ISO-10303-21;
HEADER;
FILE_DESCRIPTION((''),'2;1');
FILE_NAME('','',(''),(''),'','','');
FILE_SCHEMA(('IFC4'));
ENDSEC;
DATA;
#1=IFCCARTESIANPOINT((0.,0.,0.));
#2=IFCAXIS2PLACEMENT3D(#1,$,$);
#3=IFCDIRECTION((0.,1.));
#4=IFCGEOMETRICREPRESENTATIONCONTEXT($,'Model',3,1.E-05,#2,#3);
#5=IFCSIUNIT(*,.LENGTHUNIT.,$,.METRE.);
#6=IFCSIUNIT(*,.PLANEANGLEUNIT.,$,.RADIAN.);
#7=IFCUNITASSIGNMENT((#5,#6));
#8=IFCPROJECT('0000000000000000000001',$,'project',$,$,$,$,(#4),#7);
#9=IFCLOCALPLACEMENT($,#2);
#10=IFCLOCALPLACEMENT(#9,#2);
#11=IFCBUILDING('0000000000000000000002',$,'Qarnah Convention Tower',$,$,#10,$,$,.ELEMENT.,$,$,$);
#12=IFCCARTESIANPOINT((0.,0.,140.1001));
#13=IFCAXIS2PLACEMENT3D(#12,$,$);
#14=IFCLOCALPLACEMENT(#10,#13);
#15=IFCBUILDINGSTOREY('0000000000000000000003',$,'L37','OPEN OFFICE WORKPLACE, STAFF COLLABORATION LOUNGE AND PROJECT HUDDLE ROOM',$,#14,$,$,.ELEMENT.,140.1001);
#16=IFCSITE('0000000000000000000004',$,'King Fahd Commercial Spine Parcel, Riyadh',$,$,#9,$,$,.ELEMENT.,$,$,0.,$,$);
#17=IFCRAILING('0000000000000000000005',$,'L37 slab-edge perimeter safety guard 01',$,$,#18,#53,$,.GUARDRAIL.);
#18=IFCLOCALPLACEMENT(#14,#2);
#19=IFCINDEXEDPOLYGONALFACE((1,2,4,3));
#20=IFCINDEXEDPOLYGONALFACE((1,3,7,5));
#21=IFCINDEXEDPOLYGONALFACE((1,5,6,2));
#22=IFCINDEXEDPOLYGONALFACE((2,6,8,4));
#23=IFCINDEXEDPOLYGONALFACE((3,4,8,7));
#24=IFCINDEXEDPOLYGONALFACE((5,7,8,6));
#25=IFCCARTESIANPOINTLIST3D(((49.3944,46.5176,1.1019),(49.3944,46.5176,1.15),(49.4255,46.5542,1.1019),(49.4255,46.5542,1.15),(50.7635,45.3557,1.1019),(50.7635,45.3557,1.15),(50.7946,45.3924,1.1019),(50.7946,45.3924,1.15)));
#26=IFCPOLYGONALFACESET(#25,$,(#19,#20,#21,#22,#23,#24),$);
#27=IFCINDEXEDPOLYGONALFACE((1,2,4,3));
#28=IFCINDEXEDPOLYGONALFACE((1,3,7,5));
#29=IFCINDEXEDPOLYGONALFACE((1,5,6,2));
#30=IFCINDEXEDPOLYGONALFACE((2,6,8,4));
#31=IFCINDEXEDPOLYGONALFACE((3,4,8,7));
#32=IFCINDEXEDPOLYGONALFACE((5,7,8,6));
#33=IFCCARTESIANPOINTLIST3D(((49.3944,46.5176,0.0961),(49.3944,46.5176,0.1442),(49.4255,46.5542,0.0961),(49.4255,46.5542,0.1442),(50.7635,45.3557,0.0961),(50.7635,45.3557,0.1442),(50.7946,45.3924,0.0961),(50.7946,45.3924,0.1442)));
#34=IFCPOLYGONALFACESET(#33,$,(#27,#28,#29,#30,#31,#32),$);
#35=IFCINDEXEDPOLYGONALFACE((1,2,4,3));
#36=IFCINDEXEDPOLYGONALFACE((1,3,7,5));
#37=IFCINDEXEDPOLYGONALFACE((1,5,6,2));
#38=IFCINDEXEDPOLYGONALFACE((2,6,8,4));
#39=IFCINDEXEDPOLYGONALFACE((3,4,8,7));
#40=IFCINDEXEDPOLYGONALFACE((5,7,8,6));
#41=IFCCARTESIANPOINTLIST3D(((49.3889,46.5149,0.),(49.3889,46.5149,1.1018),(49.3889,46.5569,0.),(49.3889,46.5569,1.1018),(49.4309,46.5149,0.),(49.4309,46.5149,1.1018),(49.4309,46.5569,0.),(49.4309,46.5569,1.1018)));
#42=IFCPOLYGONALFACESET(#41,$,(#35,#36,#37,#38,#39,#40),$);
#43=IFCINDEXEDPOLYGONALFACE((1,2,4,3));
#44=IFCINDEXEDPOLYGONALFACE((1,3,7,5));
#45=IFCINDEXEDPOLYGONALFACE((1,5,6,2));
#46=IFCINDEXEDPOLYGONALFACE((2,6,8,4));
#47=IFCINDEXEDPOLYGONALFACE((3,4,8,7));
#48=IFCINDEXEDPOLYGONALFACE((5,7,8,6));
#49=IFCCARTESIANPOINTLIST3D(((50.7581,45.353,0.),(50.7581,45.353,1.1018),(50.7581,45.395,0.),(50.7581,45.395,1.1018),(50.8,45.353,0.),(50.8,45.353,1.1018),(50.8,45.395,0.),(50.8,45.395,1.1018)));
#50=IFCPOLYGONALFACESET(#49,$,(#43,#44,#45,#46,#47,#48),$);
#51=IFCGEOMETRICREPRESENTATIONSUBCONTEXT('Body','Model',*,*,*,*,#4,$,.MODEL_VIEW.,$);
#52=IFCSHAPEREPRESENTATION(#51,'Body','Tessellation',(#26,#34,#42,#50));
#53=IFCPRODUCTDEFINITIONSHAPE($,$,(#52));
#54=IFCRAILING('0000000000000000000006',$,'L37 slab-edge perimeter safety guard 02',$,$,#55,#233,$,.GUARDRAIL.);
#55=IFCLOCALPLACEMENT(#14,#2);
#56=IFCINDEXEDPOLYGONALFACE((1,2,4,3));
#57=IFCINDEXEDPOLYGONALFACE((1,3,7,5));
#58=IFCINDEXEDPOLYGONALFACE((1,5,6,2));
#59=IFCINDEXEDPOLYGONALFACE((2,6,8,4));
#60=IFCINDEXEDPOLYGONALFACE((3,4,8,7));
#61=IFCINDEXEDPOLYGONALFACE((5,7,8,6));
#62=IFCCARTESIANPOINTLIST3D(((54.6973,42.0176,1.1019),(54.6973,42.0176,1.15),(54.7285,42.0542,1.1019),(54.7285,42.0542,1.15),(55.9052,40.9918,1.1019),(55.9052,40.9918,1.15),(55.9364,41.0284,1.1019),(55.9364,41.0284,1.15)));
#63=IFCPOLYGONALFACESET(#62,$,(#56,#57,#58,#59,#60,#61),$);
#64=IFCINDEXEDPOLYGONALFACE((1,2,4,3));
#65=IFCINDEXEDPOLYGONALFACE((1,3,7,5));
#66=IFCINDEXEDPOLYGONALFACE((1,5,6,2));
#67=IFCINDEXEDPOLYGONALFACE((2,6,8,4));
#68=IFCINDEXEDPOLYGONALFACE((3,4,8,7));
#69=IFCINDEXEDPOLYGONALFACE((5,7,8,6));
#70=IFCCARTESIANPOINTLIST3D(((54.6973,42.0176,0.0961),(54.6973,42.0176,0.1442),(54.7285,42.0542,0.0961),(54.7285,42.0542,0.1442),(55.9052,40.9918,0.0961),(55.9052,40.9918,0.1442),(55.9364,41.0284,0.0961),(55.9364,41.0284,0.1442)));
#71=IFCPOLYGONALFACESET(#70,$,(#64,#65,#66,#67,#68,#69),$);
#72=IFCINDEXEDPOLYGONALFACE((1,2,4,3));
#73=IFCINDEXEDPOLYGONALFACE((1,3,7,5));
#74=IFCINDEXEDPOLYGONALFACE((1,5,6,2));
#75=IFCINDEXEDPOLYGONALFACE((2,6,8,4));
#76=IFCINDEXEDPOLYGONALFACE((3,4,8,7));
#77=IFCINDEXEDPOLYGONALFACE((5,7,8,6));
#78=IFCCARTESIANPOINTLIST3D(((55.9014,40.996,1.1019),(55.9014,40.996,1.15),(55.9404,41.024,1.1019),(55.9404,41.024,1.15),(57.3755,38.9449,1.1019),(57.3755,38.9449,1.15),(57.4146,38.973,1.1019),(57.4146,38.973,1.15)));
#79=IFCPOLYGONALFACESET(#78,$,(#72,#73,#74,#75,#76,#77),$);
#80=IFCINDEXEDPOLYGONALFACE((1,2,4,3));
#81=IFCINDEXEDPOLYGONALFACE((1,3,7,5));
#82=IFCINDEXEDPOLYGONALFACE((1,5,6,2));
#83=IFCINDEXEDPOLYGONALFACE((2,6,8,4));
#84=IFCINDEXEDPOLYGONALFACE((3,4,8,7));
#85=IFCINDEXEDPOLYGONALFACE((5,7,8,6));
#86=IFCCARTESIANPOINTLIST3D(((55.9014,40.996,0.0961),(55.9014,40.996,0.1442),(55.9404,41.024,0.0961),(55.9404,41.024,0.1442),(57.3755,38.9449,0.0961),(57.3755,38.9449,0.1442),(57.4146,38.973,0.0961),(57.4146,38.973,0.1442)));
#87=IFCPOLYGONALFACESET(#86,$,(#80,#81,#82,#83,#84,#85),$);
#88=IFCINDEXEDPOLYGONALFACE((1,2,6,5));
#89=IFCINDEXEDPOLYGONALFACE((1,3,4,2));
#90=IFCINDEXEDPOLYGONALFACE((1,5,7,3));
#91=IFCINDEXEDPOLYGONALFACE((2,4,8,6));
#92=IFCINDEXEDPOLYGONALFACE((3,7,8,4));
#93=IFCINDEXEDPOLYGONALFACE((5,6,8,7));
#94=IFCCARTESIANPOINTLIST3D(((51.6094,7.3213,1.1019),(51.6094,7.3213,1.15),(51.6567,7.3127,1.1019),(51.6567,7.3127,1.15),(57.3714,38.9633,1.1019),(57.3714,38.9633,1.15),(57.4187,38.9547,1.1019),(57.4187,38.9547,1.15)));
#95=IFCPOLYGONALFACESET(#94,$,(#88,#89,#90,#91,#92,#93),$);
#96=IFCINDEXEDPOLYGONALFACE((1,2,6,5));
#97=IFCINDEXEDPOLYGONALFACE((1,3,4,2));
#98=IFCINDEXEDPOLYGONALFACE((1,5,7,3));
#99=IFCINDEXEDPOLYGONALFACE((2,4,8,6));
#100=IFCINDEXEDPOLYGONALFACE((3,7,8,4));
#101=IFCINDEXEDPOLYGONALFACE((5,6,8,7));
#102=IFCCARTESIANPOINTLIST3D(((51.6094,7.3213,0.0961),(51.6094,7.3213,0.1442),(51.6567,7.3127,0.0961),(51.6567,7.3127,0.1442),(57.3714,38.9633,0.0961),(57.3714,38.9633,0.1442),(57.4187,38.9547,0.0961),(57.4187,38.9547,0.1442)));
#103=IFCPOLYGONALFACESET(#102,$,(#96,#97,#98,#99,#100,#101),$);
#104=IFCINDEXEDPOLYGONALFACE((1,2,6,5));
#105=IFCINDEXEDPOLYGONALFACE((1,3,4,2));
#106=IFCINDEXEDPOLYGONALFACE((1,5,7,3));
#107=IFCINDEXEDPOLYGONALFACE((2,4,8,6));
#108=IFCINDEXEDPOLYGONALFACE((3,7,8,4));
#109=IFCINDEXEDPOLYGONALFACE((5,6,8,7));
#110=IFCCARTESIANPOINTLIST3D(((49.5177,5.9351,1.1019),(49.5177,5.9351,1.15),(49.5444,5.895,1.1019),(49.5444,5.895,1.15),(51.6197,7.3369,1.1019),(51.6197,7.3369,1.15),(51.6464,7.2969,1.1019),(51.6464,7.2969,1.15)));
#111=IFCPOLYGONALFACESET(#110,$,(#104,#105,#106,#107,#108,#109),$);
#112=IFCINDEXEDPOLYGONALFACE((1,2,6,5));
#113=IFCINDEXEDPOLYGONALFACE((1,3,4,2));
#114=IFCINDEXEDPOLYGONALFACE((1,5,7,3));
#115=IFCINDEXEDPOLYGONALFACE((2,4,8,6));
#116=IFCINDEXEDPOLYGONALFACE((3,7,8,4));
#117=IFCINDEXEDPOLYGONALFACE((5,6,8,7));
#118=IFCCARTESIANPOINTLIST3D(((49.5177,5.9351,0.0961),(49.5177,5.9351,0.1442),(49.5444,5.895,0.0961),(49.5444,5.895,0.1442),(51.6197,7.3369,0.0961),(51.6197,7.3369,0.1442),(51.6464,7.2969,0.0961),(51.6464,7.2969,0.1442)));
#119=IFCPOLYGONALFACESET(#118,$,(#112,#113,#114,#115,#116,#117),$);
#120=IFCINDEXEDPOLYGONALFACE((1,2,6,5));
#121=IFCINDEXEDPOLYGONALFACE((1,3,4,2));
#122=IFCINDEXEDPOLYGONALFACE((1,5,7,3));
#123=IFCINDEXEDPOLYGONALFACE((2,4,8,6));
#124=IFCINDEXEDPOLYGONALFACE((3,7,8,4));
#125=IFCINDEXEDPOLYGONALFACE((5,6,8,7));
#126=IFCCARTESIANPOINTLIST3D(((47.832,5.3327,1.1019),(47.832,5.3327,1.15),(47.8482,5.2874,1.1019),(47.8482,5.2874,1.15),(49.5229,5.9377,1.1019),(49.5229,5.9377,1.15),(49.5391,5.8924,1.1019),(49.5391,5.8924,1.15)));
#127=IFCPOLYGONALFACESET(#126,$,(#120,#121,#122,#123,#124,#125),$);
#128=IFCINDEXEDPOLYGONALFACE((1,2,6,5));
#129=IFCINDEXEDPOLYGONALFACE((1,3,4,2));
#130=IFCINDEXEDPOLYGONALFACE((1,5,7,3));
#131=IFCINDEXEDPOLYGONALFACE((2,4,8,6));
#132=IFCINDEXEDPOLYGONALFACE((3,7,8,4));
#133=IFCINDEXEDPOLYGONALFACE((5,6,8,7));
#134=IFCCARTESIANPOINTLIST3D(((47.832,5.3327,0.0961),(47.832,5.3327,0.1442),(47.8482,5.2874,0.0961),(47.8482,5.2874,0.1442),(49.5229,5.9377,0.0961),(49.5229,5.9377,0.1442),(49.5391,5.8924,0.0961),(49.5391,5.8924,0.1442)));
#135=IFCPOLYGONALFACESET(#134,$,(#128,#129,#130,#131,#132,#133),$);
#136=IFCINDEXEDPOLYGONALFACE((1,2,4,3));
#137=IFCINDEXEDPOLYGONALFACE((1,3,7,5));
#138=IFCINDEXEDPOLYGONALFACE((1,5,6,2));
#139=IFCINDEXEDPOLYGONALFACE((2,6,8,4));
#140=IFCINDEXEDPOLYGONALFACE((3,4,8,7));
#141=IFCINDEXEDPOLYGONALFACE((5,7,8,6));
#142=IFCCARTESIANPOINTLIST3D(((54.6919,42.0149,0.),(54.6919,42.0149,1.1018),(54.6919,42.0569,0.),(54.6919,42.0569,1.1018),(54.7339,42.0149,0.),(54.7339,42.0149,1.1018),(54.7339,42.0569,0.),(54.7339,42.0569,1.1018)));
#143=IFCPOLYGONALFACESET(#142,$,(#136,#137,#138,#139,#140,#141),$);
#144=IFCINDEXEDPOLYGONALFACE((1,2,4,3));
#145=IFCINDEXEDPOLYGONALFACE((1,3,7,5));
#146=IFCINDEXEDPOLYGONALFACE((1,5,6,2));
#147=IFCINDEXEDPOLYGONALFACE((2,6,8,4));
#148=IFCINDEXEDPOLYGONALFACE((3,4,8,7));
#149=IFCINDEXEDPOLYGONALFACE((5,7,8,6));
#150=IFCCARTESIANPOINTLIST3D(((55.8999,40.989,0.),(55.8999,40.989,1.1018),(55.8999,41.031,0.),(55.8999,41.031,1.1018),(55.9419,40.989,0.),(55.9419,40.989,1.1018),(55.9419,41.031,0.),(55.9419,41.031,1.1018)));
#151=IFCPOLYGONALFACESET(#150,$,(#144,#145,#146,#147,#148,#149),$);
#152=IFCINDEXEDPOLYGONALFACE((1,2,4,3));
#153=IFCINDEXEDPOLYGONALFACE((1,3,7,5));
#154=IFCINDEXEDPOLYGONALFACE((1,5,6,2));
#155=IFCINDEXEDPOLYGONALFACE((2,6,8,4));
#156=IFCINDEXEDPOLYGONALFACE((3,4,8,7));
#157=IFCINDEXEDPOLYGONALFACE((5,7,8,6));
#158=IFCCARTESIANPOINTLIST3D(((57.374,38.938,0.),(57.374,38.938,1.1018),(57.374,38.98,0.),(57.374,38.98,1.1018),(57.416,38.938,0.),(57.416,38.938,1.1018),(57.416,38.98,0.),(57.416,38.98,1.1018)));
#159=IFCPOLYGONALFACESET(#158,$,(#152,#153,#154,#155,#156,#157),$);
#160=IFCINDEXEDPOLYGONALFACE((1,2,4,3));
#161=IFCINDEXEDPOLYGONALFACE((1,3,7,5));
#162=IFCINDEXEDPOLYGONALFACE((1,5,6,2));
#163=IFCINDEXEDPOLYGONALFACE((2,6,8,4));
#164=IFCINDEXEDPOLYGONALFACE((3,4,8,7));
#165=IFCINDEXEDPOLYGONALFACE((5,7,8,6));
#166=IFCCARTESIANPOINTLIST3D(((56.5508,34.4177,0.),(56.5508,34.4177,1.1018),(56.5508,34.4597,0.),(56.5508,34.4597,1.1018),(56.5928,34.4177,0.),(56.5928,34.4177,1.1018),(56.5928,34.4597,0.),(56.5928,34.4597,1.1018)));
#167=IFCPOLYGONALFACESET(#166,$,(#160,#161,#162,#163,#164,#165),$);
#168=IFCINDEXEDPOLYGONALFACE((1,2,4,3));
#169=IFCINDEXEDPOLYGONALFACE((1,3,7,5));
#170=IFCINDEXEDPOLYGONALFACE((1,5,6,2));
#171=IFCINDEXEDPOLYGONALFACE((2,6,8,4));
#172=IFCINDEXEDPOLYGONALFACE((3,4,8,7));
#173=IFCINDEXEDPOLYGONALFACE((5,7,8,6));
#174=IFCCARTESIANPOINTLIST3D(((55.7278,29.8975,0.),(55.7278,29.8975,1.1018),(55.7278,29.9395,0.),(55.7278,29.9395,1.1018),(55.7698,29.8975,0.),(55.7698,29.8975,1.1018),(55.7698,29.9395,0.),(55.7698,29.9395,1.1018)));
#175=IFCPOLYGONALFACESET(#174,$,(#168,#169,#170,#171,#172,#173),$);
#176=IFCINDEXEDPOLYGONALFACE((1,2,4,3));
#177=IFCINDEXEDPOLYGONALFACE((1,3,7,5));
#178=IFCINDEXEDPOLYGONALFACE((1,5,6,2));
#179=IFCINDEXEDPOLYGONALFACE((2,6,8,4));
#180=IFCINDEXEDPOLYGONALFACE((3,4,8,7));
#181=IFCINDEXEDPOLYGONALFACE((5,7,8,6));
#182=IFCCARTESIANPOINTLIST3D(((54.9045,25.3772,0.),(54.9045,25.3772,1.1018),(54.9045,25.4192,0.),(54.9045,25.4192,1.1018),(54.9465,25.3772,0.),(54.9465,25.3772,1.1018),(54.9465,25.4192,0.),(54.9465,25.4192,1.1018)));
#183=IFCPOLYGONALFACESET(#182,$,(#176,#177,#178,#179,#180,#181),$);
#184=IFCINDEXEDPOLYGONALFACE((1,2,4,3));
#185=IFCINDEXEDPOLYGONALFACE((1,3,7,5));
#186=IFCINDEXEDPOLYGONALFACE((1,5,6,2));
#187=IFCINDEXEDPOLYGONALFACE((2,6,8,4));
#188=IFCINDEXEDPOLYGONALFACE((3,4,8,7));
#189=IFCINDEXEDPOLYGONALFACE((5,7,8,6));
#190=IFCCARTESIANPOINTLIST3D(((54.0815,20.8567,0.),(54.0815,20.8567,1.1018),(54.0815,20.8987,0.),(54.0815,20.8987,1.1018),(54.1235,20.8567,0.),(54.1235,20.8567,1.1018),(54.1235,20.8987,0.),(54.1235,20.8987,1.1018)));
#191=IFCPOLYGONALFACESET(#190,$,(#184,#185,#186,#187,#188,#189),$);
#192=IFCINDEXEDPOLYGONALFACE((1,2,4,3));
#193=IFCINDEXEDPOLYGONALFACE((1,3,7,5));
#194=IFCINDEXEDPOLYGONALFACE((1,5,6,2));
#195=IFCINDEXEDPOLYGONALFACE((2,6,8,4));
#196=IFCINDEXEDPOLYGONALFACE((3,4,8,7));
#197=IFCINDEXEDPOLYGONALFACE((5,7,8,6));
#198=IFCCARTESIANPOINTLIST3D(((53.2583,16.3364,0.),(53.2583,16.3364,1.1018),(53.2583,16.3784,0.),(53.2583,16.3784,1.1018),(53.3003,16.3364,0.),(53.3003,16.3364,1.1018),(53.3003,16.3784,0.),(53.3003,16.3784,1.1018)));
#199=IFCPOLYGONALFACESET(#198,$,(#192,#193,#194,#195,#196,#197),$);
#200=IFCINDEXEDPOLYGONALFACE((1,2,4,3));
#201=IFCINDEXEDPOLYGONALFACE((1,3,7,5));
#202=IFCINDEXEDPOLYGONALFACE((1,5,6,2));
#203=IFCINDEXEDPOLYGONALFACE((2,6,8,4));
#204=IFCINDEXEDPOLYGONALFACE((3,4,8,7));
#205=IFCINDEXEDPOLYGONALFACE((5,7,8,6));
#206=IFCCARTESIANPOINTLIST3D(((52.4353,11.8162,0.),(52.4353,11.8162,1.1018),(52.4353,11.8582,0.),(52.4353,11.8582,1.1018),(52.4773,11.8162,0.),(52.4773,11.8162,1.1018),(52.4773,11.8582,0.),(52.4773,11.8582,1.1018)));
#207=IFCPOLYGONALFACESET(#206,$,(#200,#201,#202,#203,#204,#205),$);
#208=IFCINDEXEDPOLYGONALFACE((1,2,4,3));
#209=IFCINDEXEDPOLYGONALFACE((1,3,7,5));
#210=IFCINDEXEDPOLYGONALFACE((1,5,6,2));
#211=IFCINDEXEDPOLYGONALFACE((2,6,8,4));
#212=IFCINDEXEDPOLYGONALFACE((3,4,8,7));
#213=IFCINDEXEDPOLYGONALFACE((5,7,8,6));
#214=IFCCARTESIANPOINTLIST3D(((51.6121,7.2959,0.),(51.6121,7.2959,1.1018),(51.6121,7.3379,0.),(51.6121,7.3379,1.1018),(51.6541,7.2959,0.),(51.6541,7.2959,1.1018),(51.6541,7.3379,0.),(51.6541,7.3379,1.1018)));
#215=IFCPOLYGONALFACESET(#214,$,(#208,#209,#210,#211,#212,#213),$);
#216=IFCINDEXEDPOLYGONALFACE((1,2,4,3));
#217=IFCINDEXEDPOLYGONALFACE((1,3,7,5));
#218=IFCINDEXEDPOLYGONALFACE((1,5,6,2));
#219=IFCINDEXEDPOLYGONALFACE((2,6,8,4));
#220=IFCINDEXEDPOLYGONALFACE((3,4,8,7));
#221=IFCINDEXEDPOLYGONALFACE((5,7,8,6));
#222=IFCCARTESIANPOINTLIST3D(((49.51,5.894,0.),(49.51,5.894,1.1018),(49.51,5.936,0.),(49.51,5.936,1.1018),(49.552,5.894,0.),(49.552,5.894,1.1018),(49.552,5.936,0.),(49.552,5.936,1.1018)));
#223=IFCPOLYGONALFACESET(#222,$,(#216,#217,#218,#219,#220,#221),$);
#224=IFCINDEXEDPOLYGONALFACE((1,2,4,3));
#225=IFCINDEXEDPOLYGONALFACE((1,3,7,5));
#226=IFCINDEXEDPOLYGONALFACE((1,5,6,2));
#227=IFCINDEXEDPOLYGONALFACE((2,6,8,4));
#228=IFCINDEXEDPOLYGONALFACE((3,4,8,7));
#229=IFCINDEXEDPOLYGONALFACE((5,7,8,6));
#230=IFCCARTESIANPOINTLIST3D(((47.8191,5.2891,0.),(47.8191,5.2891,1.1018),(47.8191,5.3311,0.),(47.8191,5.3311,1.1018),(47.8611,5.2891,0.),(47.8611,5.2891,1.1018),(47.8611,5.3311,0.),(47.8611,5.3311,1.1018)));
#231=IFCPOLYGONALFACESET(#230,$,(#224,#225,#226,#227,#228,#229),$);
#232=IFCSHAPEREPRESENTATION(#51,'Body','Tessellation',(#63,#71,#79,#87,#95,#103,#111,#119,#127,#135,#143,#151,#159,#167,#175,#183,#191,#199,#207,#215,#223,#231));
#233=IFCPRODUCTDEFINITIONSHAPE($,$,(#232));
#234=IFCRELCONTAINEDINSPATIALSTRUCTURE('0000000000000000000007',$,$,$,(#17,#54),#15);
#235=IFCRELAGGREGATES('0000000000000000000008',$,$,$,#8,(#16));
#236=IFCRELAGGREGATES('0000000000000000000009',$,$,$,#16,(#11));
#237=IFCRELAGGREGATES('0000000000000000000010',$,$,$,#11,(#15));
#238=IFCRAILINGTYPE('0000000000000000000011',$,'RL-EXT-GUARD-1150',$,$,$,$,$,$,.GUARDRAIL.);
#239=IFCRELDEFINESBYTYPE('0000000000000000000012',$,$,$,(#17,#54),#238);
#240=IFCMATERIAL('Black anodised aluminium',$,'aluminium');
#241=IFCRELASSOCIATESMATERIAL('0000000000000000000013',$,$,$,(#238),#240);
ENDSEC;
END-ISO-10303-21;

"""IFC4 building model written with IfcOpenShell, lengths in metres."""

from ifc_helpers import new_model, si_unit, direction, frame, origin, origin_2d, place, context, subcontext, project, spatial, rectangle, extrude, material, type_object, element, save


model = new_model("IFC4")

# Units and contexts
model_context = context("Model", 3, precision=1e-05, world=origin(), true_north=direction((0.0, 1.0)))
body_context = subcontext(model_context, "Body", "Model", "MODEL_VIEW")
ifc_project = project(units=[si_unit("LENGTHUNIT", "METRE"), si_unit("PLANEANGLEUNIT", "RADIAN")], contexts=[model_context])

# Site, building, storey
site_placement = place(None, origin())
site = spatial("IfcSite", under=ifc_project, at=site_placement, Name="King Fahd Commercial Spine Parcel, Riyadh", CompositionType="ELEMENT", RefElevation=0.0)
building_placement = place(site_placement, origin())
building = spatial("IfcBuilding", under=site, at=building_placement, Name="Qarnah Convention Tower", CompositionType="ELEMENT")
storey_placement = place(building_placement, frame((0.0, 0.0, 140.1001)))
storey = spatial("IfcBuildingStorey", under=building, at=storey_placement, Name="L37", Description="OPEN OFFICE WORKPLACE, STAFF COLLABORATION LOUNGE AND PROJECT HUDDLE ROOM", CompositionType="ELEMENT", Elevation=140.1001)

# Shared definitions
ifc_material_1 = material(Name="Black anodised aluminium", Category="aluminium")

# Railings
railing_type = type_object("IfcRailingType", Name="RL-EXT-GUARD-1150", PredefinedType="GUARDRAIL", material=ifc_material_1)
railing_1_placement = place(storey_placement, frame((49.4099, 46.5359, 0.0)))
element("IfcRailing", 1, at=railing_1_placement, inside=storey, type_object=railing_type, Name="L37 slab-edge perimeter safety guard 01", PredefinedType="GUARDRAIL", context=body_context, shape_type="SweptSolid", body=[
    extrude(rectangle(XDim=0.0481, YDim=0.0481, at=origin_2d()), frame((0.0, 0.0, 1.126), z_axis=(0.762462, -0.647033, 0.0), x_axis=(0.647033, 0.762462, 0.0)), (0.0, 0.0, 1.0), 1.7957),
    extrude(rectangle(XDim=0.0481, YDim=0.0481, at=origin_2d()), frame((0.0, 0.0, 0.1201), z_axis=(0.762462, -0.647033, 0.0), x_axis=(0.647033, 0.762462, 0.0)), (0.0, 0.0, 1.0), 1.7957),
    extrude(rectangle(XDim=0.042, YDim=0.042, at=origin_2d()), origin(), (0.0, 0.0, 1.0), 1.1018),
    extrude(rectangle(XDim=0.042, YDim=0.042, at=origin_2d()), frame((1.3691, -1.1619, 0.0)), (0.0, 0.0, 1.0), 1.1018),
])
railing_2_placement = place(storey_placement, frame((54.7129, 42.0359, 0.0)))
element("IfcRailing", 2, at=railing_2_placement, inside=storey, type_object=railing_type, Name="L37 slab-edge perimeter safety guard 02", PredefinedType="GUARDRAIL", context=body_context, shape_type="SweptSolid", body=[
    extrude(rectangle(XDim=0.0481, YDim=0.0481, at=origin_2d()), frame((0.0, 0.0, 1.126), z_axis=(0.762228, -0.647309, 0.0), x_axis=(0.647309, 0.762228, 0.0)), (0.0, 0.0, 1.0), 1.5847),
    extrude(rectangle(XDim=0.0481, YDim=0.0481, at=origin_2d()), frame((0.0, 0.0, 0.1201), z_axis=(0.762228, -0.647309, 0.0), x_axis=(0.647309, 0.762228, 0.0)), (0.0, 0.0, 1.0), 1.5847),
    extrude(rectangle(XDim=0.0481, YDim=0.0481, at=origin_2d()), frame((1.208, -1.0259, 1.126), z_axis=(0.583622, -0.812025, 0.0), x_axis=(0.812025, 0.583622, 0.0)), (0.0, 0.0, 1.0), 2.5259),
    extrude(rectangle(XDim=0.0481, YDim=0.0481, at=origin_2d()), frame((1.208, -1.0259, 0.1201), z_axis=(0.583622, -0.812025, 0.0), x_axis=(0.812025, 0.583622, 0.0)), (0.0, 0.0, 1.0), 2.5259),
    extrude(rectangle(XDim=0.0481, YDim=0.0481, at=origin_2d()), frame((2.6821, -3.0769, 1.126), z_axis=(-0.179152, -0.983821, 0.0), x_axis=(0.983821, -0.179152, 0.0)), (0.0, 0.0, 1.0), 32.1624),
    extrude(rectangle(XDim=0.0481, YDim=0.0481, at=origin_2d()), frame((2.6821, -3.0769, 0.1201), z_axis=(-0.179152, -0.983821, 0.0), x_axis=(0.983821, -0.179152, 0.0)), (0.0, 0.0, 1.0), 32.1624),
    extrude(rectangle(XDim=0.0481, YDim=0.0481, at=origin_2d()), frame((-3.0798, -34.719, 1.126), z_axis=(-0.831961, -0.554834, 0.0), x_axis=(0.554834, -0.831961, 0.0)), (0.0, 0.0, 1.0), 2.5266),
    extrude(rectangle(XDim=0.0481, YDim=0.0481, at=origin_2d()), frame((-3.0798, -34.719, 0.1201), z_axis=(-0.831961, -0.554834, 0.0), x_axis=(0.554834, -0.831961, 0.0)), (0.0, 0.0, 1.0), 2.5266),
    extrude(rectangle(XDim=0.0481, YDim=0.0481, at=origin_2d()), frame((-5.1819, -36.1208, 1.126), z_axis=(-0.941551, -0.33687, 0.0), x_axis=(0.33687, -0.941551, 0.0)), (0.0, 0.0, 1.0), 1.7959),
    extrude(rectangle(XDim=0.0481, YDim=0.0481, at=origin_2d()), frame((-5.1819, -36.1208, 0.1201), z_axis=(-0.941551, -0.33687, 0.0), x_axis=(0.33687, -0.941551, 0.0)), (0.0, 0.0, 1.0), 1.7959),
    extrude(rectangle(XDim=0.042, YDim=0.042, at=origin_2d()), origin(), (0.0, 0.0, 1.0), 1.1018),
    extrude(rectangle(XDim=0.042, YDim=0.042, at=origin_2d()), frame((1.208, -1.0259, 0.0)), (0.0, 0.0, 1.0), 1.1018),
    extrude(rectangle(XDim=0.042, YDim=0.042, at=origin_2d()), frame((2.6821, -3.0769, 0.0)), (0.0, 0.0, 1.0), 1.1018),
    extrude(rectangle(XDim=0.042, YDim=0.042, at=origin_2d()), frame((1.8589, -7.5972, 0.0)), (0.0, 0.0, 1.0), 1.1018),
    extrude(rectangle(XDim=0.042, YDim=0.042, at=origin_2d()), frame((1.0359, -12.1174, 0.0)), (0.0, 0.0, 1.0), 1.1018),
    extrude(rectangle(XDim=0.042, YDim=0.042, at=origin_2d()), frame((0.2126, -16.6377, 0.0)), (0.0, 0.0, 1.0), 1.1018),
    extrude(rectangle(XDim=0.042, YDim=0.042, at=origin_2d()), frame((-0.6104, -21.1582, 0.0)), (0.0, 0.0, 1.0), 1.1018),
    extrude(rectangle(XDim=0.042, YDim=0.042, at=origin_2d()), frame((-1.4336, -25.6785, 0.0)), (0.0, 0.0, 1.0), 1.1018),
    extrude(rectangle(XDim=0.042, YDim=0.042, at=origin_2d()), frame((-2.2566, -30.1987, 0.0)), (0.0, 0.0, 1.0), 1.1018),
    extrude(rectangle(XDim=0.042, YDim=0.042, at=origin_2d()), frame((-3.0798, -34.719, 0.0)), (0.0, 0.0, 1.0), 1.1018),
    extrude(rectangle(XDim=0.042, YDim=0.042, at=origin_2d()), frame((-5.1819, -36.1208, 0.0)), (0.0, 0.0, 1.0), 1.1018),
    extrude(rectangle(XDim=0.042, YDim=0.042, at=origin_2d()), frame((-6.8728, -36.7258, 0.0)), (0.0, 0.0, 1.0), 1.1018),
])

save(model, "model.ifc")
